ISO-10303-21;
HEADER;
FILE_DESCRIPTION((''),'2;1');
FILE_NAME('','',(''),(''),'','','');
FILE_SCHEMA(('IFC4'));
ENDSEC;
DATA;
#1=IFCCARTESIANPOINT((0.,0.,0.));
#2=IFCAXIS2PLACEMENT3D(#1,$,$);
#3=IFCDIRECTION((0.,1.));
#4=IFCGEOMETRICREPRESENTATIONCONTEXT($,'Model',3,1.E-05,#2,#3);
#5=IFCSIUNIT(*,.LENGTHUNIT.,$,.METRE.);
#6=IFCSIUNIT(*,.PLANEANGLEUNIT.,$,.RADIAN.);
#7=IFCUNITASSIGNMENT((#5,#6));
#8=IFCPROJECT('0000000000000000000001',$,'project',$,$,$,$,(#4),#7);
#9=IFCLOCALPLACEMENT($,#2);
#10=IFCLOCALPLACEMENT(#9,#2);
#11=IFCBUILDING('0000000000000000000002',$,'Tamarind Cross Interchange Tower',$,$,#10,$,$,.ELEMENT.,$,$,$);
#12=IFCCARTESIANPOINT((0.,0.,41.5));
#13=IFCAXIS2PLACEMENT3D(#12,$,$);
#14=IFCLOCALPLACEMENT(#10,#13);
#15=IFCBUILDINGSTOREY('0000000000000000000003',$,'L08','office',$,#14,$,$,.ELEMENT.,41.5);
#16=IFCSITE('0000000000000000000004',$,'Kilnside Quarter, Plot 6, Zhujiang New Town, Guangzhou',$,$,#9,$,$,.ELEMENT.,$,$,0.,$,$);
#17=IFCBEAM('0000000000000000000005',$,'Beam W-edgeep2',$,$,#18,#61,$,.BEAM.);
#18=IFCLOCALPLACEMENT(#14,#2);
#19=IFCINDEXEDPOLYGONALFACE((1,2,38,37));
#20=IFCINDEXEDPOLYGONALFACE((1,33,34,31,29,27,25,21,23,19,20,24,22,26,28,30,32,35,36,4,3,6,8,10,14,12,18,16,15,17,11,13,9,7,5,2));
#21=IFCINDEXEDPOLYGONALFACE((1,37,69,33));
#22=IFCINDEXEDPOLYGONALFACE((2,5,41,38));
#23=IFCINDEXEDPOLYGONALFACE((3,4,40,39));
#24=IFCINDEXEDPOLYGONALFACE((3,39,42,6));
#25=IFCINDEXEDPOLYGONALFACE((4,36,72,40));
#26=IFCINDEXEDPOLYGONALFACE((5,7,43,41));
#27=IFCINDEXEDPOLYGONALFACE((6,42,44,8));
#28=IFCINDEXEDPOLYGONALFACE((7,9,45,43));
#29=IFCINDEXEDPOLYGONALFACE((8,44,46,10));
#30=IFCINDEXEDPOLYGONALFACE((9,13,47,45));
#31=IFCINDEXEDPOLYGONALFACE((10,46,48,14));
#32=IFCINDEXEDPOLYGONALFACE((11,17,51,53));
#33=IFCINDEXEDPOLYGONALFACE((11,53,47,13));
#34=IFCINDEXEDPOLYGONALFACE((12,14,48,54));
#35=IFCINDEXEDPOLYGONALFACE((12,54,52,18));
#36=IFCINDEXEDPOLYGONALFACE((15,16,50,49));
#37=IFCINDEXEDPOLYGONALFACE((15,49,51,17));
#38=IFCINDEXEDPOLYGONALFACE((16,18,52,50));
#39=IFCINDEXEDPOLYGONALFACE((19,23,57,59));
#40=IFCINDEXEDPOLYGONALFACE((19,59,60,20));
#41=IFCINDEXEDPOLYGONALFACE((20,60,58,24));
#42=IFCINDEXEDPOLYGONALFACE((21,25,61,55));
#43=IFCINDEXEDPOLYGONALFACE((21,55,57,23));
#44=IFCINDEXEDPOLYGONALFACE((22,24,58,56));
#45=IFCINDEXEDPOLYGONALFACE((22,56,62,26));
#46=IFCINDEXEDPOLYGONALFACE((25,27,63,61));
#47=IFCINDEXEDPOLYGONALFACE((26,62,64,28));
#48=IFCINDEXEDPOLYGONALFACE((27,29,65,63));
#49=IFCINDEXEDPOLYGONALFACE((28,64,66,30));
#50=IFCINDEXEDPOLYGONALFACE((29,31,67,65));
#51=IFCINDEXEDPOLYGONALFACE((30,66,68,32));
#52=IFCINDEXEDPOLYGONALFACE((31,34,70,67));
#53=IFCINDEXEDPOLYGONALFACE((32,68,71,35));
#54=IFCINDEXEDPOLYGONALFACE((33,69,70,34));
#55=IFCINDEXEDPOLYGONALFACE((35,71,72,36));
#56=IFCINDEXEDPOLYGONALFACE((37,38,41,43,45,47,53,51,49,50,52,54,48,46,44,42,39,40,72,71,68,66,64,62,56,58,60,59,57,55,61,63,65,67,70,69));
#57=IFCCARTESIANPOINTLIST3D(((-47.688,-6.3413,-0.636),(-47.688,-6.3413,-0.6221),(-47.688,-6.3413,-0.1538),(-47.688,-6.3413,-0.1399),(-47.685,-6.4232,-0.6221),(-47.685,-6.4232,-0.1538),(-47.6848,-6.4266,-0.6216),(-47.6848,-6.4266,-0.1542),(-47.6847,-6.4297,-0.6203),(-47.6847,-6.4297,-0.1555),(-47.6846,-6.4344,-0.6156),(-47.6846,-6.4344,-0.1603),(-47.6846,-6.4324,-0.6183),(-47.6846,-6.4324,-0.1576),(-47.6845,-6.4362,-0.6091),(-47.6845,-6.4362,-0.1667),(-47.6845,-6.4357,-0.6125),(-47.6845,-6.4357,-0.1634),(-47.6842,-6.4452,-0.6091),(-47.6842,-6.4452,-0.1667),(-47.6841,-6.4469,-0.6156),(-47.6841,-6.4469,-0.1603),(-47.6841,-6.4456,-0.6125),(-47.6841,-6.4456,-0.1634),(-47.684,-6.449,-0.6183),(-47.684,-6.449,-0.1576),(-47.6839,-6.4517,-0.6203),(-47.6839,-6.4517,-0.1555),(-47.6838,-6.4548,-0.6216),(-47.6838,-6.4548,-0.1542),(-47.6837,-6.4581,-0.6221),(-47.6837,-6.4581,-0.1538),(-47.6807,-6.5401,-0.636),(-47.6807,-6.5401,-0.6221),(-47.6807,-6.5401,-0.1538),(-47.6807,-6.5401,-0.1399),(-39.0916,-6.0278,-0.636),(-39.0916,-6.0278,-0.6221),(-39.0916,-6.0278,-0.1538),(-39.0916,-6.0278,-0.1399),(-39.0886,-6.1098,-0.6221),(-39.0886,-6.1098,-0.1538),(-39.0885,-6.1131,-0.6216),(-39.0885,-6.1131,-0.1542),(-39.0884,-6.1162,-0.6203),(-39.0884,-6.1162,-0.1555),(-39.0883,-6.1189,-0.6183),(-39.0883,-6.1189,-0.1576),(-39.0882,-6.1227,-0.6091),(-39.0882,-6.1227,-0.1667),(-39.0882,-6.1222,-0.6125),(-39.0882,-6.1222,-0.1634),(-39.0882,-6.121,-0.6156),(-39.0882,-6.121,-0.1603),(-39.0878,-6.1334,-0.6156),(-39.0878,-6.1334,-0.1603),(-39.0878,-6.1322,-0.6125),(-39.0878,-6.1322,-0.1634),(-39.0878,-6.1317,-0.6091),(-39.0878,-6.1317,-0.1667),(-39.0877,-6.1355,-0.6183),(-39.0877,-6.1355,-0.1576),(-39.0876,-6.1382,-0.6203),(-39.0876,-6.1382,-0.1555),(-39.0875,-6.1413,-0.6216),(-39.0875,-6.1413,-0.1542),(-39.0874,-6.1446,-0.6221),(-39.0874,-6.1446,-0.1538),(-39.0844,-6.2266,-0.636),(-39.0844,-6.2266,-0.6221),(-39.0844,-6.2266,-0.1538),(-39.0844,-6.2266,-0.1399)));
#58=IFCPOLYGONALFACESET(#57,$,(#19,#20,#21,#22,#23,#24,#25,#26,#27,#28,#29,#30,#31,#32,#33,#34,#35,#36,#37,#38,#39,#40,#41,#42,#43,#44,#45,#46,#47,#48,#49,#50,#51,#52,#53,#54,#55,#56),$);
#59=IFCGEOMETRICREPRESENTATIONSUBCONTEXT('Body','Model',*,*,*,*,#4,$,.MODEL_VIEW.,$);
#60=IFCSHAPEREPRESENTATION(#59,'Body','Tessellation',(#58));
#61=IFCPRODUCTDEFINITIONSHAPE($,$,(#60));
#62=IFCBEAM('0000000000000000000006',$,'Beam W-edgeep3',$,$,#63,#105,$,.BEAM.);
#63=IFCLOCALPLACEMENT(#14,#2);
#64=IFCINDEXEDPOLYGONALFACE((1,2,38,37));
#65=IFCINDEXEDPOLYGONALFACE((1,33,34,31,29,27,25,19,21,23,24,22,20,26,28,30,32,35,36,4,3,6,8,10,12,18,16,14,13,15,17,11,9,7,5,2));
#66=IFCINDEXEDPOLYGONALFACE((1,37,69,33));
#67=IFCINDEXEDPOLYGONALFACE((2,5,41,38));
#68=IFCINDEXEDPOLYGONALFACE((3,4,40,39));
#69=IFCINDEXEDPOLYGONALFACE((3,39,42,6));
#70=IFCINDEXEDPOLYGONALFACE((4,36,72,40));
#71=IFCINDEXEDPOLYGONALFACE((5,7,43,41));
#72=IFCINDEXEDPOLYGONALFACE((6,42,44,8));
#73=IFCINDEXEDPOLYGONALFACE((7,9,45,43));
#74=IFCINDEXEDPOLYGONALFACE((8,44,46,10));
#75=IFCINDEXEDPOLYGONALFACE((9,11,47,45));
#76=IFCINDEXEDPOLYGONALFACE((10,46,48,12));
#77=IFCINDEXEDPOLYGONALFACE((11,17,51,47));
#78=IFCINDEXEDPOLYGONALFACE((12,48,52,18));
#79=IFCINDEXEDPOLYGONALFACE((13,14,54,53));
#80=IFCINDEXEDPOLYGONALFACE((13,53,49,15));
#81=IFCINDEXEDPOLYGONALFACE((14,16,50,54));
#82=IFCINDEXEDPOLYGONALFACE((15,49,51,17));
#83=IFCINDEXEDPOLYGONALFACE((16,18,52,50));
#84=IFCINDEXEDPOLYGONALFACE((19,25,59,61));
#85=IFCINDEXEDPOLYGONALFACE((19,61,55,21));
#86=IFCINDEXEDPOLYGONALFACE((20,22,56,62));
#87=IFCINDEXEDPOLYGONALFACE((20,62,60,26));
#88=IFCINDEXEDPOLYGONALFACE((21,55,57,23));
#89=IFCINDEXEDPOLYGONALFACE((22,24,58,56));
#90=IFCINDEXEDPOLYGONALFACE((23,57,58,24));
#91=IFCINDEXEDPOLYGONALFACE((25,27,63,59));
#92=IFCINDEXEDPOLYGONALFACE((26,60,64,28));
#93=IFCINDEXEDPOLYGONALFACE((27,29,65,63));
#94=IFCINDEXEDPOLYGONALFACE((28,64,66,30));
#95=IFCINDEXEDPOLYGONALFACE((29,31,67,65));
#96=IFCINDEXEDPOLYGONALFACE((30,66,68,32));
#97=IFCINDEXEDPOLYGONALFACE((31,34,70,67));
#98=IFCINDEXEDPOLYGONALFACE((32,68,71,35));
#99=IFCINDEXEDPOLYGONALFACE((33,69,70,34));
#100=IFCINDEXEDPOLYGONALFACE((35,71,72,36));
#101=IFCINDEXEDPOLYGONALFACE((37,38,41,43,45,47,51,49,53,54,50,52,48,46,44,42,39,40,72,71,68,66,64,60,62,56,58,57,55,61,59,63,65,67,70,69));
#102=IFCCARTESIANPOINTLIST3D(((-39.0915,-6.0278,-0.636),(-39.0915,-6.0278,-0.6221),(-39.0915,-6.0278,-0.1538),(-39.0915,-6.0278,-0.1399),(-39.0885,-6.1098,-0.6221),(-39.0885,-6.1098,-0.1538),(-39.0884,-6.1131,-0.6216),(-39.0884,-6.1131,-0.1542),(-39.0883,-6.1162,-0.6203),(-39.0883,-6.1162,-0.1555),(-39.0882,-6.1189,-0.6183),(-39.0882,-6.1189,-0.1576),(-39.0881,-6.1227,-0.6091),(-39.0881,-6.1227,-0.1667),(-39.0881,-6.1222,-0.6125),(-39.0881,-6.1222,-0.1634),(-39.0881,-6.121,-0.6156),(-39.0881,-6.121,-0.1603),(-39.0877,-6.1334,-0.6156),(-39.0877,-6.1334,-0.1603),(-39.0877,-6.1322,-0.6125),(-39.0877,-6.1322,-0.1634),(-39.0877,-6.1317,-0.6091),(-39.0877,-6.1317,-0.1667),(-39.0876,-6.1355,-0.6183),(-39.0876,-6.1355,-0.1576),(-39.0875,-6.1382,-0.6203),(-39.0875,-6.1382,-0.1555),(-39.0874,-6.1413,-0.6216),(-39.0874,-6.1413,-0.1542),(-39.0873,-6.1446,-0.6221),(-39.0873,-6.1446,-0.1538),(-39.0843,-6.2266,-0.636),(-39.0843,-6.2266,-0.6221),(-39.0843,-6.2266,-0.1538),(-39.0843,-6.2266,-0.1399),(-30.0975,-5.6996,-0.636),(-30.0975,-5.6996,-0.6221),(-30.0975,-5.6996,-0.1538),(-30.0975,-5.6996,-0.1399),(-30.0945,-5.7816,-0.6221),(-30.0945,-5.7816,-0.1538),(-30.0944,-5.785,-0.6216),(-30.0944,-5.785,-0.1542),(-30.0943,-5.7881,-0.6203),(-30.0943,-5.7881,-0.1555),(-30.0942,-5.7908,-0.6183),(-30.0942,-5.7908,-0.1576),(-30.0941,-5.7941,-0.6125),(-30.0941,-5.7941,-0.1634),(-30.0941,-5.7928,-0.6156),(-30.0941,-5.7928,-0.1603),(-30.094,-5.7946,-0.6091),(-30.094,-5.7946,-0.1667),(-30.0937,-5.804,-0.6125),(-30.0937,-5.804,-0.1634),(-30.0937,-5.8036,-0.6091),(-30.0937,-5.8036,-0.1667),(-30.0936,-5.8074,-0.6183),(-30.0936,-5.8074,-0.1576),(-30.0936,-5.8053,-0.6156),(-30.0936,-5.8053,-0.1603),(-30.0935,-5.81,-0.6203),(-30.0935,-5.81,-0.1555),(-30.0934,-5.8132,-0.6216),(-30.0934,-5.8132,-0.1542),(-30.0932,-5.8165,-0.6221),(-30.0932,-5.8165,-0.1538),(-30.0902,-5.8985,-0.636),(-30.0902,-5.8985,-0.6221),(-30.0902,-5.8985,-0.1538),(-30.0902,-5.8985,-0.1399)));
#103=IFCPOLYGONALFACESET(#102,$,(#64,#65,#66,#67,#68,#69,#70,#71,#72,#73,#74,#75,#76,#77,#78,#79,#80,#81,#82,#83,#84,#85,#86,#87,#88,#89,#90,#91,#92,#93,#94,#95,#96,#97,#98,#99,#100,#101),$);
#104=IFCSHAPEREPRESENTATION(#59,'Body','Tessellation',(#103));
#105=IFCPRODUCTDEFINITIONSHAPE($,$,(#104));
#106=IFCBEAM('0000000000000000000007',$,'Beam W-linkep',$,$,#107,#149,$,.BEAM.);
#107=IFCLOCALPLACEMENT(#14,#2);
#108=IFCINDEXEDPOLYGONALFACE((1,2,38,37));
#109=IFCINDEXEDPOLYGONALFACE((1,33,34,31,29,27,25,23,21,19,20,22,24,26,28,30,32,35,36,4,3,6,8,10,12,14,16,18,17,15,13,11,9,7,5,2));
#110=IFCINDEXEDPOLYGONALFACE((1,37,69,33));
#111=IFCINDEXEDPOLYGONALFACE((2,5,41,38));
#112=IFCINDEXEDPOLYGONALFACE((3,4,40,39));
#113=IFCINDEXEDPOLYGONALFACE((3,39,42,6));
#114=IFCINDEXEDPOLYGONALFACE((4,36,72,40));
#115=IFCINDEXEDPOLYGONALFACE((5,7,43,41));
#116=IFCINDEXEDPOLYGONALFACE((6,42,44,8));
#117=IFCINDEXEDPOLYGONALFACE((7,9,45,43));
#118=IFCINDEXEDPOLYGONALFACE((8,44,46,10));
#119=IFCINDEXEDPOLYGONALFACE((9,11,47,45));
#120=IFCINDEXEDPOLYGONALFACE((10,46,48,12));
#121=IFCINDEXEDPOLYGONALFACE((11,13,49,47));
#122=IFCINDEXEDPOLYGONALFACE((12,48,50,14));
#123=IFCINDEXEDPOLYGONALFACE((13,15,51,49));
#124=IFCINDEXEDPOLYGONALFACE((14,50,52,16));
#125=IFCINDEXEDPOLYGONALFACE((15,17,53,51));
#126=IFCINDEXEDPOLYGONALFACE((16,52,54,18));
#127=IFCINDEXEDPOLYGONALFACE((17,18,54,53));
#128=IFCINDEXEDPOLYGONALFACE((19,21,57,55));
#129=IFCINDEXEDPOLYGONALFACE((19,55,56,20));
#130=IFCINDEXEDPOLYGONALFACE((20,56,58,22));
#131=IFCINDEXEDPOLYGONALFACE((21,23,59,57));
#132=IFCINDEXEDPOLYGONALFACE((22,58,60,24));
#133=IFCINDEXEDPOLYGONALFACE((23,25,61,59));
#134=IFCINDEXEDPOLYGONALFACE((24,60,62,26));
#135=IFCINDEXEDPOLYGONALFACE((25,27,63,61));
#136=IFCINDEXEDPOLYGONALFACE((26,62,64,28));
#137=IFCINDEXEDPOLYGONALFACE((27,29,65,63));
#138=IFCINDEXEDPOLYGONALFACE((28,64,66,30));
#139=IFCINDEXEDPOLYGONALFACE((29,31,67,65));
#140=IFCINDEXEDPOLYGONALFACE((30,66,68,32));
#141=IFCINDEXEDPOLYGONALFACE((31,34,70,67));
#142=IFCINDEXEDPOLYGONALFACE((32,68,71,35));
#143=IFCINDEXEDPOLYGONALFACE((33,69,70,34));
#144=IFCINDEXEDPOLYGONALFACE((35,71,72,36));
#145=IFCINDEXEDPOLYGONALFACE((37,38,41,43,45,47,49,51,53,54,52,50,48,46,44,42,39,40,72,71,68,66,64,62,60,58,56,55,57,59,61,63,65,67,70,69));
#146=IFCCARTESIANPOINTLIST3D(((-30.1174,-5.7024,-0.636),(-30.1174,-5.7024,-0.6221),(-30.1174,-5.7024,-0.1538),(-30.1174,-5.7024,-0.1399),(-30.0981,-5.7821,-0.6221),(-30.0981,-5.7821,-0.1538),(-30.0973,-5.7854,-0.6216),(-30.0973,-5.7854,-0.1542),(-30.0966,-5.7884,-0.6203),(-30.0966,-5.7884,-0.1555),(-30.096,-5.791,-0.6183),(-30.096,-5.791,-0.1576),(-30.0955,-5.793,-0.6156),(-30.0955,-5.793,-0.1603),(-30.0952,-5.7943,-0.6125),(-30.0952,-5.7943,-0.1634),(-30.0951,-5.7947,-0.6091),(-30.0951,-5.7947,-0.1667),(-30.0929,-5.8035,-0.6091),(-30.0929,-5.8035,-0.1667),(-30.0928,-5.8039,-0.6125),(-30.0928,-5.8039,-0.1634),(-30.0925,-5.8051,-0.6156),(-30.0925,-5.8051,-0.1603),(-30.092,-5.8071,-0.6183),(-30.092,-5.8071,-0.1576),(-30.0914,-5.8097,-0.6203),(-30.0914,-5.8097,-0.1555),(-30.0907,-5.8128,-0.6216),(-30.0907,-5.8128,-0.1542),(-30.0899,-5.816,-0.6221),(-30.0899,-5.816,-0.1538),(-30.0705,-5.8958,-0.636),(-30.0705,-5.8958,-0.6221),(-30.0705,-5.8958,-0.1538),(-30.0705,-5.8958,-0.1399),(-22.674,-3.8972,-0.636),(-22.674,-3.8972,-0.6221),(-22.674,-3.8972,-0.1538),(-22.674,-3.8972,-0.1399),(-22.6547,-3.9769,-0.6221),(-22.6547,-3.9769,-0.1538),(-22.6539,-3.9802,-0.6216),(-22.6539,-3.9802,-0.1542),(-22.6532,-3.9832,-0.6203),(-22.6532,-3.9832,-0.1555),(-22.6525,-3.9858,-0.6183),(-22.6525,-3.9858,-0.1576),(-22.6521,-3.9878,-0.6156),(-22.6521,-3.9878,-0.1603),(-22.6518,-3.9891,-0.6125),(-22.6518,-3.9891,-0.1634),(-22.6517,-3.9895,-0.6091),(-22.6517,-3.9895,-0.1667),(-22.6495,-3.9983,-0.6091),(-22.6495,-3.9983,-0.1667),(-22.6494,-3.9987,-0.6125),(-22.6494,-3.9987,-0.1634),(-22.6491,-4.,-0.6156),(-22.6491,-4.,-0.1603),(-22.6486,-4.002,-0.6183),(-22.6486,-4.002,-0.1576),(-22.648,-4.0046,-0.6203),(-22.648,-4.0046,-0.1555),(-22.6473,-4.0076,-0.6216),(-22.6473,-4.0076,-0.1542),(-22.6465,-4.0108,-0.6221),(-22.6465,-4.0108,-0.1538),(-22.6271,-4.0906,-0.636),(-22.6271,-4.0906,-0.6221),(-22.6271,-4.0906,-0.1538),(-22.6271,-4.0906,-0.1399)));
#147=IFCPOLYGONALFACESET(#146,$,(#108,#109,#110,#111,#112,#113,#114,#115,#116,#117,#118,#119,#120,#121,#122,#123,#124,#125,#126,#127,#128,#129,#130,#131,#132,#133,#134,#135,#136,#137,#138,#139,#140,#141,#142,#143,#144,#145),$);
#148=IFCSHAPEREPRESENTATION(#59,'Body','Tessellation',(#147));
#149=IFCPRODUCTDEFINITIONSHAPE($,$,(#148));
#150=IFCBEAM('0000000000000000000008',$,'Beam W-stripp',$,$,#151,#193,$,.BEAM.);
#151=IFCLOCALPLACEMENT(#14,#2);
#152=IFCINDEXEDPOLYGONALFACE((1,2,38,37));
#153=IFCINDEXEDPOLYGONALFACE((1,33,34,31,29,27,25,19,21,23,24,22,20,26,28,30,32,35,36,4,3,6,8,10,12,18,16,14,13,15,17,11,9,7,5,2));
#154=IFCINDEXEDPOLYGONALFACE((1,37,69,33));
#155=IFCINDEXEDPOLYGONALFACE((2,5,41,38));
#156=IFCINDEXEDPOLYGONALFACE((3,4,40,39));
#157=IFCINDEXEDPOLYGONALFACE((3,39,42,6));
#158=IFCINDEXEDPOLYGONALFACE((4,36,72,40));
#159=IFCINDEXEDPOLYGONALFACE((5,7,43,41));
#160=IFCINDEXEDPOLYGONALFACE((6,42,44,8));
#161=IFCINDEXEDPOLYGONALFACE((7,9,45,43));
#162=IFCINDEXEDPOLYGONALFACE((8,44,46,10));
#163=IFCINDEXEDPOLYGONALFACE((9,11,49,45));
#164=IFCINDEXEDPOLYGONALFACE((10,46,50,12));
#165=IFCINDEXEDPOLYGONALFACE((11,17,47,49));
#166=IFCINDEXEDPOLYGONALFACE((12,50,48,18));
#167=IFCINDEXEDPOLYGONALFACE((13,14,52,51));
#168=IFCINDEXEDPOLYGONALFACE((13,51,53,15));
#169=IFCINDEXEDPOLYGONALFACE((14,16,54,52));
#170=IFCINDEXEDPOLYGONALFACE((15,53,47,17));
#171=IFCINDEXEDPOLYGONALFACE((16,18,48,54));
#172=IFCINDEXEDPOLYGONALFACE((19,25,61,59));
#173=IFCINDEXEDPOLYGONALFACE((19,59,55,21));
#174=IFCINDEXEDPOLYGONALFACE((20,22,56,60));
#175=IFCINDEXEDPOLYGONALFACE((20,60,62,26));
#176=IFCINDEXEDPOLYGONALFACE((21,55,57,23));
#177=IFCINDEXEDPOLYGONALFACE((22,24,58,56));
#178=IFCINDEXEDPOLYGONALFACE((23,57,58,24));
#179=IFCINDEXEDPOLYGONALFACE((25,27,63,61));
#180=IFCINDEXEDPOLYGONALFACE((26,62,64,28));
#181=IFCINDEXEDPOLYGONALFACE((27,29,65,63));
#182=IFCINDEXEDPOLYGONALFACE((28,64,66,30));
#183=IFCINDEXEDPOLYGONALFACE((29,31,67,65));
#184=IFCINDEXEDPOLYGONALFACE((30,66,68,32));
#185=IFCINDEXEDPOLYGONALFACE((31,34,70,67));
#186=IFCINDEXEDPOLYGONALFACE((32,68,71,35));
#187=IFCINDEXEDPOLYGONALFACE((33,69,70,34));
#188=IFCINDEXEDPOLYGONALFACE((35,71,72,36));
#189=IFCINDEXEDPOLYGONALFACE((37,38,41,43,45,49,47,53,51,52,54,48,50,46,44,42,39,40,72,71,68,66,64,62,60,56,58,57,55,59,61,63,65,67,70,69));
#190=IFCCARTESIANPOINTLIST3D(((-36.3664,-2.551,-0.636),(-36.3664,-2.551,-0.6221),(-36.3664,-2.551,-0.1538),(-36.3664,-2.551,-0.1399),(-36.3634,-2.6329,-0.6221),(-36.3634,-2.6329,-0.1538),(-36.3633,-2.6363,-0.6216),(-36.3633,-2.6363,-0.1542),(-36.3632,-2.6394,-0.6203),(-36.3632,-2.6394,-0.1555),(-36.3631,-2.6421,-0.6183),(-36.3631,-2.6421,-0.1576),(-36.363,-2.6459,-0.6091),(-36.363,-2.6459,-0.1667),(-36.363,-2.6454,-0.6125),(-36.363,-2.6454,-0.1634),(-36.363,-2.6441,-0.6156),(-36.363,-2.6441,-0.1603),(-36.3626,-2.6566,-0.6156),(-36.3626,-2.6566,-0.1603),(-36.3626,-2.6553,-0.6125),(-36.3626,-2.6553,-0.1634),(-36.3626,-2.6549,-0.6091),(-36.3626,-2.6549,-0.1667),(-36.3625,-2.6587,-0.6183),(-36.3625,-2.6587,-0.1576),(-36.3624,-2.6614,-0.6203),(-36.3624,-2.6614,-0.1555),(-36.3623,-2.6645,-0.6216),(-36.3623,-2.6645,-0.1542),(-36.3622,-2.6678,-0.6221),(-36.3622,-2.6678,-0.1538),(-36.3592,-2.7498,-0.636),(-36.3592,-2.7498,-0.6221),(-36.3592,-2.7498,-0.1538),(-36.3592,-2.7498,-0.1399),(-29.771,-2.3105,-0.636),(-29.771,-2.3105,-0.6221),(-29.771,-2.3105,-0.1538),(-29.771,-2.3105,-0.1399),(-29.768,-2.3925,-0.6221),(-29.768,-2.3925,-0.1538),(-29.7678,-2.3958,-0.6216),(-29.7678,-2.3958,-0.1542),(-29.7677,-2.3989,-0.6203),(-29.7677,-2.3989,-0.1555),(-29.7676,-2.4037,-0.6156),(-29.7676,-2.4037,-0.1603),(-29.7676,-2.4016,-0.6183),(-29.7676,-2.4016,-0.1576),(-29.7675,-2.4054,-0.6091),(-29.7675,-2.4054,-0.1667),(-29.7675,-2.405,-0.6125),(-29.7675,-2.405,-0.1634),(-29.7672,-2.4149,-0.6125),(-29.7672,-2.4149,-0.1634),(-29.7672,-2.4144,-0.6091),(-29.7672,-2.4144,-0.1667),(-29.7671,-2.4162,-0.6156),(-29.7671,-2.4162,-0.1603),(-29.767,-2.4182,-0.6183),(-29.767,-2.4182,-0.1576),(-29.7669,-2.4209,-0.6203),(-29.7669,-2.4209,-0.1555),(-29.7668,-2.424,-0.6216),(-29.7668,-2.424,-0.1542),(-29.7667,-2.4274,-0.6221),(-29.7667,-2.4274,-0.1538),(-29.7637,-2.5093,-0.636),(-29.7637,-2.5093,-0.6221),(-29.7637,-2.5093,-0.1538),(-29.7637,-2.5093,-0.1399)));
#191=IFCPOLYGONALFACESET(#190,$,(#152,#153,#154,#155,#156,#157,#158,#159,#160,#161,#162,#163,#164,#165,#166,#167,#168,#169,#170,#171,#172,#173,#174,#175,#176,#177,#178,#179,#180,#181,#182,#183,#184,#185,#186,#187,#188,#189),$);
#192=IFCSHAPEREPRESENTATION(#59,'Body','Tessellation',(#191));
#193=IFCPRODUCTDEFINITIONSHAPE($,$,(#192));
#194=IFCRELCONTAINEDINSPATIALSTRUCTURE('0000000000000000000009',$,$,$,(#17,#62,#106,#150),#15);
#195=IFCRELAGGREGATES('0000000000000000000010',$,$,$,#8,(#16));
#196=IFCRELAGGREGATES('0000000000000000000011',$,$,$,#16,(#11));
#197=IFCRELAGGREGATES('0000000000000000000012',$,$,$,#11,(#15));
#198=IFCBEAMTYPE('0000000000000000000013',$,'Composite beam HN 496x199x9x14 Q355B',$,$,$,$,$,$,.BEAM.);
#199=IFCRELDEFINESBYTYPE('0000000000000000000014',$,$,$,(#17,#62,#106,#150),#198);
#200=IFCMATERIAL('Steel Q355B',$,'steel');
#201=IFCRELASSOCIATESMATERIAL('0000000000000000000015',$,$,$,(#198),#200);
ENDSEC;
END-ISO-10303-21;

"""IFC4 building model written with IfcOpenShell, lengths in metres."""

from ifc_helpers import new_model, si_unit, direction, frame, origin, origin_2d, place, context, subcontext, project, spatial, i_section, extrude, material, material_profile, profile_set, type_object, element, save


model = new_model("IFC4")

# Units and contexts
model_context = context("Model", 3, precision=1e-05, world=origin(), true_north=direction((0.0, 1.0)))
body_context = subcontext(model_context, "Body", "Model", "MODEL_VIEW")
ifc_project = project(units=[si_unit("LENGTHUNIT", "METRE"), si_unit("PLANEANGLEUNIT", "RADIAN")], contexts=[model_context])

# Site, building, storey
site_placement = place(None, origin())
site = spatial("IfcSite", under=ifc_project, at=site_placement, Name="Kilnside Quarter, Plot 6, Zhujiang New Town, Guangzhou", CompositionType="ELEMENT", RefElevation=0.0)
building_placement = place(site_placement, origin())
building = spatial("IfcBuilding", under=site, at=building_placement, Name="Tamarind Cross Interchange Tower", CompositionType="ELEMENT")
storey_placement = place(building_placement, frame((0.0, 0.0, 41.5)))
storey = spatial("IfcBuildingStorey", under=building, at=storey_placement, Name="L08", Description="office", CompositionType="ELEMENT", Elevation=41.5)

# Beams
ifc_material_1 = material(Name="Steel Q355B", Category="steel")
ifc_material_profile_1 = material_profile(ifc_material_1, i_section(OverallWidth=0.199, OverallDepth=0.4961, WebThickness=0.009, FlangeThickness=0.0139, FilletRadius=0.0129, at=origin_2d()), Name="HN 496x199x9x14")
ifc_profile_set_1 = profile_set([ifc_material_profile_1], Name="Steel Q355B")
beam_type_1 = type_object("IfcBeamType", Name="Composite beam HN 496x199x9x14 Q355B", PredefinedType="BEAM", material=ifc_profile_set_1)
beam_1_placement = place(storey_placement, frame((-47.6843, -6.4407, -0.3879), z_axis=(0.999336, 0.036442, 0.0), x_axis=(-0.036442, 0.999336, 0.0)))
element("IfcBeam", 1, at=beam_1_placement, inside=storey, type_object=beam_type_1, Name="Beam W-edgeep2", PredefinedType="BEAM", context=body_context, shape_type="SweptSolid", body=[
    extrude(i_section(OverallWidth=0.199, OverallDepth=0.4961, WebThickness=0.009, FlangeThickness=0.0139, FilletRadius=0.0129, at=origin_2d()), origin(), (0.0, 0.0, 1.0), 8.6021),
])
beam_2_placement = place(storey_placement, frame((-39.0879, -6.1272, -0.3879), z_axis=(0.999335, 0.036459, 0.0), x_axis=(-0.036459, 0.999335, 0.0)))
element("IfcBeam", 2, at=beam_2_placement, inside=storey, type_object=beam_type_1, Name="Beam W-edgeep3", PredefinedType="BEAM", context=body_context, shape_type="SweptSolid", body=[
    extrude(i_section(OverallWidth=0.199, OverallDepth=0.4961, WebThickness=0.009, FlangeThickness=0.0139, FilletRadius=0.0129, at=origin_2d()), origin(), (0.0, 0.0, 1.0), 9.0),
])
beam_3_placement = place(storey_placement, frame((-30.094, -5.7991, -0.3879), z_axis=(0.971828, 0.235689, 0.0), x_axis=(-0.235689, 0.971828, 0.0)))
element("IfcBeam", 3, at=beam_3_placement, inside=storey, type_object=beam_type_1, Name="Beam W-linkep", PredefinedType="BEAM", context=body_context, shape_type="SweptSolid", body=[
    extrude(i_section(OverallWidth=0.199, OverallDepth=0.4961, WebThickness=0.009, FlangeThickness=0.0139, FilletRadius=0.0129, at=origin_2d()), origin(), (0.0, 0.0, 1.0), 7.6592),
])
beam_4_placement = place(storey_placement, frame((-29.7673, -2.4099, -0.3879), z_axis=(-0.999336, -0.036437, 0.0), x_axis=(0.036437, -0.999336, 0.0)))
element("IfcBeam", 4, at=beam_4_placement, inside=storey, type_object=beam_type_1, Name="Beam W-stripp", PredefinedType="BEAM", context=body_context, shape_type="SweptSolid", body=[
    extrude(i_section(OverallWidth=0.199, OverallDepth=0.4961, WebThickness=0.009, FlangeThickness=0.0139, FilletRadius=0.0129, at=origin_2d()), origin(), (0.0, 0.0, 1.0), 6.5999),
])

save(model, "model.ifc")
